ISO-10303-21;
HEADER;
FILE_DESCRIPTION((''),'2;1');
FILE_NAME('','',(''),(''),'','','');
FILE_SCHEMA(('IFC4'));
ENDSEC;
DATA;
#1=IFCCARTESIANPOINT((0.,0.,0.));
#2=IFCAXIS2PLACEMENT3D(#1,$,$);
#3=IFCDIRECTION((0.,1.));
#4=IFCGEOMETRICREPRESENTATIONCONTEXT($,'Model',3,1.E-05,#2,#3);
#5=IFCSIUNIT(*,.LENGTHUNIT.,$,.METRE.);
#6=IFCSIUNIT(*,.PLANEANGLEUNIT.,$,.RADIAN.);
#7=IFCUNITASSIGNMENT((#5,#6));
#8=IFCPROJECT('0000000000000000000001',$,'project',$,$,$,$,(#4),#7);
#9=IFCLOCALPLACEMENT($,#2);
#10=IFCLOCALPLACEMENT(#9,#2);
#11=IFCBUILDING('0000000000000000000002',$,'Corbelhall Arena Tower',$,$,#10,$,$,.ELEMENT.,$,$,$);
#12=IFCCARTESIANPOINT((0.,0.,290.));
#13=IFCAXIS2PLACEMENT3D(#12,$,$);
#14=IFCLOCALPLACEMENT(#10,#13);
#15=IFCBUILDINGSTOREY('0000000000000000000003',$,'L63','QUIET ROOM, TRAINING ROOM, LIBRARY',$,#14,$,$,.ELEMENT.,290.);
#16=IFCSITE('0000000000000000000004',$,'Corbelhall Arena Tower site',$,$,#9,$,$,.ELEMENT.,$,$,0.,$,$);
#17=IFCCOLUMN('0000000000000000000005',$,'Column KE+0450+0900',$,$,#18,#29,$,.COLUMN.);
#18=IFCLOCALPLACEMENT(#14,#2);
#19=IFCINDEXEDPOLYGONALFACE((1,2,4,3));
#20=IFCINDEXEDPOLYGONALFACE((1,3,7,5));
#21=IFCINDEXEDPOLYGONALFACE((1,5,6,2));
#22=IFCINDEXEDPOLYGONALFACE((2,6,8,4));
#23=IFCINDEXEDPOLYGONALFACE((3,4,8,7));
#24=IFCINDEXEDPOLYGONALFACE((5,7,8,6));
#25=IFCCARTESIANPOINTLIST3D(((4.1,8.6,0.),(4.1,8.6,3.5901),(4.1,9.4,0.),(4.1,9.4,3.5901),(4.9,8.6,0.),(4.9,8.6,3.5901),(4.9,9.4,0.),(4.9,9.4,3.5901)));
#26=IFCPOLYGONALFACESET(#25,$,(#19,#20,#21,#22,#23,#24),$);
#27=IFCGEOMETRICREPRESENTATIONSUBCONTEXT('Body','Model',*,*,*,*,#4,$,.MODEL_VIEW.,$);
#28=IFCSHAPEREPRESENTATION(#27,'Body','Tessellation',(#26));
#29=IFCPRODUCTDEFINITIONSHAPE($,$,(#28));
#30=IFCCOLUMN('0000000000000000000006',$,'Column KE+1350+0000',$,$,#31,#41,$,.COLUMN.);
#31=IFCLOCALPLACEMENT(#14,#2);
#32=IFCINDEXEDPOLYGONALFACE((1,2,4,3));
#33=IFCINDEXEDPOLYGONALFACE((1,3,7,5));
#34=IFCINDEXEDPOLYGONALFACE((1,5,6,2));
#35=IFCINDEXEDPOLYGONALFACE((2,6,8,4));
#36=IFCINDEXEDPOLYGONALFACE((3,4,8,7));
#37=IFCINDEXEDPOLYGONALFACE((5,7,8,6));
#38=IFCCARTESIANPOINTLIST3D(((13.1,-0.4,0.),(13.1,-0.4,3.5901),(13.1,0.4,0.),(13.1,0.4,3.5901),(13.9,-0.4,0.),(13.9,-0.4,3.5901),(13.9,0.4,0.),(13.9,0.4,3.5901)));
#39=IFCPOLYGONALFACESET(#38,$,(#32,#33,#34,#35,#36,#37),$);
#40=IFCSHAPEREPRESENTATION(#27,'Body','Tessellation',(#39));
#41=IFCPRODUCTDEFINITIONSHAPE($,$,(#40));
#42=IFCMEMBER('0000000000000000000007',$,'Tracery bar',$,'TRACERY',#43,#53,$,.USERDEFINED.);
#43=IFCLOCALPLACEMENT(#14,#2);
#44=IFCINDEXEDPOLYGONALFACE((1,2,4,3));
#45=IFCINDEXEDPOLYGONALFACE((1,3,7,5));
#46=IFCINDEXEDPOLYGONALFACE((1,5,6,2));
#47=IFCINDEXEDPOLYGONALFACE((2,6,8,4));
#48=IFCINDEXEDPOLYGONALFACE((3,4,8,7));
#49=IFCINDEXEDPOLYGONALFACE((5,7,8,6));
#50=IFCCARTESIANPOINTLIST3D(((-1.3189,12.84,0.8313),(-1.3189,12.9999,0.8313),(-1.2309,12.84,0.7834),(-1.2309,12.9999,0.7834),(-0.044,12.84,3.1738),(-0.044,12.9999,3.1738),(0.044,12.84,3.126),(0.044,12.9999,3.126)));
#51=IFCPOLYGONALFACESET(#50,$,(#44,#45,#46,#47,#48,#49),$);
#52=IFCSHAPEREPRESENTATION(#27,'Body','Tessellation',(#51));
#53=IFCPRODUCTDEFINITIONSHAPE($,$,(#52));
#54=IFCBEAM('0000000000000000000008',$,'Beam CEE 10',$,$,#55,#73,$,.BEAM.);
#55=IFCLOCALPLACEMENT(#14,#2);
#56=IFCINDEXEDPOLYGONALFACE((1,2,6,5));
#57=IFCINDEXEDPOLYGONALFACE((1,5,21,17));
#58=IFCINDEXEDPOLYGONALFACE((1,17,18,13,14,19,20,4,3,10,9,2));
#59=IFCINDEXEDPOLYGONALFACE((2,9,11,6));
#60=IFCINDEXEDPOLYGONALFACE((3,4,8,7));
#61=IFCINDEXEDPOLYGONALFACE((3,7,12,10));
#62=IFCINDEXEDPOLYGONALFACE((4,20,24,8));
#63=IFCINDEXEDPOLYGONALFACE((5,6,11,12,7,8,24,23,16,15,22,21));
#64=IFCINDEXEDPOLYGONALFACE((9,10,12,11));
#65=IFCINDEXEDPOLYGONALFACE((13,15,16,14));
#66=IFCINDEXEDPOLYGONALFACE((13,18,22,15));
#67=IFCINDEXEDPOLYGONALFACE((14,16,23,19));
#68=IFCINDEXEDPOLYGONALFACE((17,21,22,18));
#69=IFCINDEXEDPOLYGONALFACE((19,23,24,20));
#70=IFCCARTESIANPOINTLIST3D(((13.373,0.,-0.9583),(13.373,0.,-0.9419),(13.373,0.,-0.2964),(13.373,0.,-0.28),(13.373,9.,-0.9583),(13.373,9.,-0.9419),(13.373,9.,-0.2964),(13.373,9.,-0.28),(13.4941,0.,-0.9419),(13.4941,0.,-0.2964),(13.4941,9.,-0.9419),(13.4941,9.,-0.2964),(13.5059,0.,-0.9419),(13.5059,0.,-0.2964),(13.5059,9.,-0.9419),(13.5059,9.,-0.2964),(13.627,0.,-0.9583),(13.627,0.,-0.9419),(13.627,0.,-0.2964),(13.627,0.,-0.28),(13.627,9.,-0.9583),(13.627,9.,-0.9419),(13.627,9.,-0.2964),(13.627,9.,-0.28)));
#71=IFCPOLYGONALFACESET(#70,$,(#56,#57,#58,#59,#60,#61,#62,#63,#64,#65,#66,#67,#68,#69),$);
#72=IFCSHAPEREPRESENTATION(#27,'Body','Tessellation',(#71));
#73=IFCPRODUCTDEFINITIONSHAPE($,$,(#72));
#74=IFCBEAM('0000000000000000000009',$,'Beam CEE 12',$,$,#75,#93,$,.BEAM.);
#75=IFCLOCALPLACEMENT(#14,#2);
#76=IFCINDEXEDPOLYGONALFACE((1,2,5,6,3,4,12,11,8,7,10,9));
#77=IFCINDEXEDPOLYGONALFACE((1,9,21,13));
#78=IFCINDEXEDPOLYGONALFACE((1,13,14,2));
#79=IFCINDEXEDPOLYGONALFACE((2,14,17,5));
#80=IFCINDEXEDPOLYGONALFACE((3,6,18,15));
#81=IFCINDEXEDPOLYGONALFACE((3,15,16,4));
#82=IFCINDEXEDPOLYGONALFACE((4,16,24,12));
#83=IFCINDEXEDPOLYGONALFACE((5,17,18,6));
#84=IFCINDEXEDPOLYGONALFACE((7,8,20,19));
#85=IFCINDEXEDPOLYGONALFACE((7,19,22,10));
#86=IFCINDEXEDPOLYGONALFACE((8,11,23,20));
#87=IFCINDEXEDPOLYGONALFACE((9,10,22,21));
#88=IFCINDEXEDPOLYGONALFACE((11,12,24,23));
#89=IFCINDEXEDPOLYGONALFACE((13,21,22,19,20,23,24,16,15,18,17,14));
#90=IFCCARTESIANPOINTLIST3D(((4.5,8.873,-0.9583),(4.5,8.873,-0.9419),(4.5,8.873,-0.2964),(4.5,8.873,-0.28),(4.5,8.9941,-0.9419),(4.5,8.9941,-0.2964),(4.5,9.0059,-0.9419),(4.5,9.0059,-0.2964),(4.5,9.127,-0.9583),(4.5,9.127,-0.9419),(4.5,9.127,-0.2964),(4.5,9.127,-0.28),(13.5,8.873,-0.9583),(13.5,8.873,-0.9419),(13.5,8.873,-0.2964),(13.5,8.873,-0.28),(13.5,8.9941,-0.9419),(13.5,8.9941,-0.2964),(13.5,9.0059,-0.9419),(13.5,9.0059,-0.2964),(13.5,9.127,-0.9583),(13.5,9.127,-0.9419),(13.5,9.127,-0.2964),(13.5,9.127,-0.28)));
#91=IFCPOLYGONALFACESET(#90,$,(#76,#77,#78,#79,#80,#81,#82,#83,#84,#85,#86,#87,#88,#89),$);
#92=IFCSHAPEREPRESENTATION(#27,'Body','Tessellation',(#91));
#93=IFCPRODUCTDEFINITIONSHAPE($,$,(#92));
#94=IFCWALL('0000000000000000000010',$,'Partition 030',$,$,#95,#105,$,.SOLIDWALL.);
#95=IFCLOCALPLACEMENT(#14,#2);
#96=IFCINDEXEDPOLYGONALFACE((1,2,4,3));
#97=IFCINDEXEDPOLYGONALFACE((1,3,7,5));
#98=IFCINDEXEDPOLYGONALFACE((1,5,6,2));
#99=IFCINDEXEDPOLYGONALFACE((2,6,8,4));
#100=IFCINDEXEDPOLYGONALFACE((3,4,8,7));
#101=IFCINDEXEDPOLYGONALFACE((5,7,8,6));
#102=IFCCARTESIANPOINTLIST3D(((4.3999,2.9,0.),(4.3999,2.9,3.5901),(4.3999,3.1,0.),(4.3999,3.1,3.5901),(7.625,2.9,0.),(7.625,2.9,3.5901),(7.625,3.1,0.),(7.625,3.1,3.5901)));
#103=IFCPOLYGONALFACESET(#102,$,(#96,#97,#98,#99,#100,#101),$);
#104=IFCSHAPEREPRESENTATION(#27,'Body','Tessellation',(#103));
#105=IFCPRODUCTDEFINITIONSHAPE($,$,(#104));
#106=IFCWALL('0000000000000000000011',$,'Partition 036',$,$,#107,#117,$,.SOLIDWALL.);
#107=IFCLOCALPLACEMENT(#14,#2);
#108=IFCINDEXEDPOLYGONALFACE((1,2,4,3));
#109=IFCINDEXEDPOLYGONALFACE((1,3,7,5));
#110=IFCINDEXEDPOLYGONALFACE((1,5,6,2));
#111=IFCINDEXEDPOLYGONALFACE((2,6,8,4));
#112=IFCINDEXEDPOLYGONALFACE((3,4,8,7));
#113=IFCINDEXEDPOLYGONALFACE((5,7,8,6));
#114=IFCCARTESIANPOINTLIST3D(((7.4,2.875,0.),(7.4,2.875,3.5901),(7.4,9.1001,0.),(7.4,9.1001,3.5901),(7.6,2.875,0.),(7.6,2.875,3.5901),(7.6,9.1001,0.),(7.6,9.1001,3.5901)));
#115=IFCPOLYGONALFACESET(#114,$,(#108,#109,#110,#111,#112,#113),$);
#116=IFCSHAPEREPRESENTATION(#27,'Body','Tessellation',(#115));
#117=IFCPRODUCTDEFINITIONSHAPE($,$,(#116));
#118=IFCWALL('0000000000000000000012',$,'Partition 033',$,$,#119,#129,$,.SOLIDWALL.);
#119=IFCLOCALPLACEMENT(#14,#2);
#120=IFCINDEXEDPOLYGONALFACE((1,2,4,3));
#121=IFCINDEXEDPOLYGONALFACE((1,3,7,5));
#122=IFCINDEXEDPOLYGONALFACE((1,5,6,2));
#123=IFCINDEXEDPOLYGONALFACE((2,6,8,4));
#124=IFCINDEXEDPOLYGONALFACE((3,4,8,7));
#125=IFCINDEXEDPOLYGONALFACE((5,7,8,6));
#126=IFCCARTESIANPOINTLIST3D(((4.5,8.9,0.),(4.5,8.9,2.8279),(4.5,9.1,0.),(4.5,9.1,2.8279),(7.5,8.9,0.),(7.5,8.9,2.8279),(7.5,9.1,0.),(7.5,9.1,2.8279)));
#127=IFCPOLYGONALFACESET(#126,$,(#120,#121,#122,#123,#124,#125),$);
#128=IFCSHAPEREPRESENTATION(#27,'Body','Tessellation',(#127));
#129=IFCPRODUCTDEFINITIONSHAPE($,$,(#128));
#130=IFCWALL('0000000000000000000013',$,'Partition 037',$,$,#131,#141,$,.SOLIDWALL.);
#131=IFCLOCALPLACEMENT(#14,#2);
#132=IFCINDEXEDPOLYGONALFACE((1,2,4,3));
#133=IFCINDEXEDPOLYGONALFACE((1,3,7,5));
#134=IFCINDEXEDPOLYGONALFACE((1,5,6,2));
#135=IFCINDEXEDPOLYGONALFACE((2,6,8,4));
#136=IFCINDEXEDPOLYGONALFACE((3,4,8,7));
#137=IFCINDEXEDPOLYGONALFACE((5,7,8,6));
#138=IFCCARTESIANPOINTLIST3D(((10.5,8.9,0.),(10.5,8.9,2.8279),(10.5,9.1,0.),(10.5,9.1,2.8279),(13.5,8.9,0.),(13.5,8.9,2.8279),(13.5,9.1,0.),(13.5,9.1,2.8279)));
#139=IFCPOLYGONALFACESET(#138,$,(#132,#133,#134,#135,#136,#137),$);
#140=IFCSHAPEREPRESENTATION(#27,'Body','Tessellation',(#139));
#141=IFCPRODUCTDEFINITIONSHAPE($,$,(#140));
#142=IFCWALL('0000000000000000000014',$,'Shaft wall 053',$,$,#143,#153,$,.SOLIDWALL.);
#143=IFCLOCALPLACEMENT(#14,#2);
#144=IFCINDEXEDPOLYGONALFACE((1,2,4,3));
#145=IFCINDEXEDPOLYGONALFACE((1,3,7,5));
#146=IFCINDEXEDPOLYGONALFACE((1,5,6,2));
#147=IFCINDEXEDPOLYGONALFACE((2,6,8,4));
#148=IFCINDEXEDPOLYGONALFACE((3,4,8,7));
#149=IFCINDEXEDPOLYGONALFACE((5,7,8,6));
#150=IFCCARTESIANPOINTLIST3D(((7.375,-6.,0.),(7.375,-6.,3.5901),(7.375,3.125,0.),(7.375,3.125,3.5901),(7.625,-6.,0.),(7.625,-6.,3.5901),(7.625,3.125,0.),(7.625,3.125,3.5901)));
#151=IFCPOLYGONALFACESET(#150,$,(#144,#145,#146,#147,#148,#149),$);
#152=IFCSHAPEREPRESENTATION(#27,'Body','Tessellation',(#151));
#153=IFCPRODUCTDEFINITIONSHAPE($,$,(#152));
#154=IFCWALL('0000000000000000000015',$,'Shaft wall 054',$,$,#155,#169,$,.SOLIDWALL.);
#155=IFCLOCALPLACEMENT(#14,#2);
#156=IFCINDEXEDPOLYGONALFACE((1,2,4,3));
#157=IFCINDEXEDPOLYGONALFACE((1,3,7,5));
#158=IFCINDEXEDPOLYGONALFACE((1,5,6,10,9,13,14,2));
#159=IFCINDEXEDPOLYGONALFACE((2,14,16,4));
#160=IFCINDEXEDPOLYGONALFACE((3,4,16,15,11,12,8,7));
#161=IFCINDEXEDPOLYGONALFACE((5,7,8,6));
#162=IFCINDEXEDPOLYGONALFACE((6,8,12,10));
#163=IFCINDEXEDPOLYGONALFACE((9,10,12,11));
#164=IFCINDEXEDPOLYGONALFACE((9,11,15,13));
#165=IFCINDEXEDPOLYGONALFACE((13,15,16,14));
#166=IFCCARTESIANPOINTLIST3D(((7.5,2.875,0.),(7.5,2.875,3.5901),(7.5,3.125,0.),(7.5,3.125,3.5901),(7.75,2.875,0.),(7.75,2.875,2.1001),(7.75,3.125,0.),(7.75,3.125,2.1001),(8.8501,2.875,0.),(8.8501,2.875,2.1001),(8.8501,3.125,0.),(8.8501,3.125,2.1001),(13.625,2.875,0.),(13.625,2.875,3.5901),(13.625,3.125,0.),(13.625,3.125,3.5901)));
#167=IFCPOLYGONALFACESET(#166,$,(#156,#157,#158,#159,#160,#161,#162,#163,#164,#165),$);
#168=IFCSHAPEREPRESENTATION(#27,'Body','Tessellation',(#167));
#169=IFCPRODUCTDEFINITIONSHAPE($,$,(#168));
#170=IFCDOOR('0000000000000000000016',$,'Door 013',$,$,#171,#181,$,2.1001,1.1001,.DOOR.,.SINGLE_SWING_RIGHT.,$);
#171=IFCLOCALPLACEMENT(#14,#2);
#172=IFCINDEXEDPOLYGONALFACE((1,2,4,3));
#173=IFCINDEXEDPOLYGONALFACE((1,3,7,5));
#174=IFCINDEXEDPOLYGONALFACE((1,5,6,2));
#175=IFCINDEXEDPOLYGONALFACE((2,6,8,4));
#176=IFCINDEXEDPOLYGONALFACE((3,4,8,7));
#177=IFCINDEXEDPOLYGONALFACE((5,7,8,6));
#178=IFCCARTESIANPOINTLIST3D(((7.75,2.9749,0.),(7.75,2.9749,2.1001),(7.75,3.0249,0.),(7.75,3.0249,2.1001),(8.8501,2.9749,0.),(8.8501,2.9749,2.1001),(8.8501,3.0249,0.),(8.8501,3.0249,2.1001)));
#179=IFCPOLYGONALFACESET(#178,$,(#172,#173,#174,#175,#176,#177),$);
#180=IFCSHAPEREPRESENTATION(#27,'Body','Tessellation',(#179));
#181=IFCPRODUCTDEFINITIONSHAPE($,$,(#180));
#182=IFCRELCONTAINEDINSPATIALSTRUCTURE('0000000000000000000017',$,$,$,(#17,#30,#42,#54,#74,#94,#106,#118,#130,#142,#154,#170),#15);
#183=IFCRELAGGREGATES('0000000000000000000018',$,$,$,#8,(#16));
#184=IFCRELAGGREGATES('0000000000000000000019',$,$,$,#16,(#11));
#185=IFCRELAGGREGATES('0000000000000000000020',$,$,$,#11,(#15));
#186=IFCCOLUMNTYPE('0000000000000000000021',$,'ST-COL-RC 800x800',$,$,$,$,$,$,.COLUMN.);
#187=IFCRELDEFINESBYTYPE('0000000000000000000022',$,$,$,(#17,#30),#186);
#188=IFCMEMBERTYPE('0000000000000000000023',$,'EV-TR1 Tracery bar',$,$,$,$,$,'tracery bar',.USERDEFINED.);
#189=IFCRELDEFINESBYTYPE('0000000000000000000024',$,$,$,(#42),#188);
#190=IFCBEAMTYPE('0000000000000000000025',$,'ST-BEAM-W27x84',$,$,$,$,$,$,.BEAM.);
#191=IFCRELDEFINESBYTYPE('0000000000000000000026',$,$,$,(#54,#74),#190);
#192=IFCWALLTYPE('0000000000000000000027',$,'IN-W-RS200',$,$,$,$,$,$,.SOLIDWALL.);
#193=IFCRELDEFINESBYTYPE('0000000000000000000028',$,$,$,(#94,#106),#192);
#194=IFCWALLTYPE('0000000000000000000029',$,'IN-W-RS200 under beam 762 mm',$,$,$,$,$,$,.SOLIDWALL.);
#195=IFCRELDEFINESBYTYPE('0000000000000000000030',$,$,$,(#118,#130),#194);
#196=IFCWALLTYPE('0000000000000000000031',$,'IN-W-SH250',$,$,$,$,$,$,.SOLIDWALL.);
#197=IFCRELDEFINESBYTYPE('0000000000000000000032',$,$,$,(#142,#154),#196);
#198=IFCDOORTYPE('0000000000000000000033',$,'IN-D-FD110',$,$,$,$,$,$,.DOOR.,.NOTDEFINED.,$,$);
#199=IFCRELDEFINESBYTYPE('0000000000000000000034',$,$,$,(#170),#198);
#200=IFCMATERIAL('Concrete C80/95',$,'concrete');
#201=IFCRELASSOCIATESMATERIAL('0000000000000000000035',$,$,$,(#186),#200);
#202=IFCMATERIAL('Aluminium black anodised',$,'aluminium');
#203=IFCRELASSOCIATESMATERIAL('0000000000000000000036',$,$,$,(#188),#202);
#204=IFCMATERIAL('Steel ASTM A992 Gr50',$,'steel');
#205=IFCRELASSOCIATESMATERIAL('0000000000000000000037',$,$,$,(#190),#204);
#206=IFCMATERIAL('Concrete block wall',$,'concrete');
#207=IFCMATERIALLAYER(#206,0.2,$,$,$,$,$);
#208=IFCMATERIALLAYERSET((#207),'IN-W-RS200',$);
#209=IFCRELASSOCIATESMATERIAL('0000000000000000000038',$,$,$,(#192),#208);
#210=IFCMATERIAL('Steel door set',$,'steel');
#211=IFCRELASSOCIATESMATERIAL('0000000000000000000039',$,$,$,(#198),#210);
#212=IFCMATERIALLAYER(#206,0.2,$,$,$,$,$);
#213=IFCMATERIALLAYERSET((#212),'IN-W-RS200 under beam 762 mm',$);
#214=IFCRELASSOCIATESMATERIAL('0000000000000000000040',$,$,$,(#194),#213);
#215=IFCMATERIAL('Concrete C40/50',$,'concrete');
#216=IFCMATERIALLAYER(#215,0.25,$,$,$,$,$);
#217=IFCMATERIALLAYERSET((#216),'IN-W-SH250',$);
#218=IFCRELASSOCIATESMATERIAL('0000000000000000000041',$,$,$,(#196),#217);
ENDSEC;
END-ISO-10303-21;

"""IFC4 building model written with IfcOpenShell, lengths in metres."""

from ifc_helpers import new_model, si_unit, direction, frame, frame_2d, origin, origin_2d, place, context, subcontext, project, spatial, rectangle, i_section, extrude, material, layer, layer_set, material_profile, profile_set, type_object, element, fill, save


model = new_model("IFC4")

# Units and contexts
model_context = context("Model", 3, precision=1e-05, world=origin(), true_north=direction((0.0, 1.0)))
body_context = subcontext(model_context, "Body", "Model", "MODEL_VIEW")
ifc_project = project(units=[si_unit("LENGTHUNIT", "METRE"), si_unit("PLANEANGLEUNIT", "RADIAN")], contexts=[model_context])

# Site, building, storey
site_placement = place(None, origin())
site = spatial("IfcSite", under=ifc_project, at=site_placement, Name="Corbelhall Arena Tower site", CompositionType="ELEMENT", RefElevation=0.0)
building_placement = place(site_placement, origin())
building = spatial("IfcBuilding", under=site, at=building_placement, Name="Corbelhall Arena Tower", CompositionType="ELEMENT")
storey_placement = place(building_placement, frame((0.0, 0.0, 290.0)))
storey = spatial("IfcBuildingStorey", under=building, at=storey_placement, Name="L63", Description="QUIET ROOM, TRAINING ROOM, LIBRARY", CompositionType="ELEMENT", Elevation=290.0)

# Columns
ifc_material_1 = material(Name="Concrete C80/95", Category="concrete")
ifc_material_profile_1 = material_profile(ifc_material_1, rectangle(XDim=0.8, YDim=0.8, at=origin_2d()))
ifc_profile_set_1 = profile_set([ifc_material_profile_1], Name="Concrete C80/95")
column_type = type_object("IfcColumnType", Name="ST-COL-RC 800x800", PredefinedType="COLUMN", material=ifc_profile_set_1)
for number, where, z_axis, x_axis, name in (
    (1, (4.5, 9.0, 0.0), (0.0, 0.0, 1.0), (1.0, 0.0, 0.0), "Column KE+0450+0900"),
    (2, (13.5, 0.0, 0.0), (0.0, 0.0, 1.0), (1.0, 0.0, 0.0), "Column KE+1350+0000"),
):
    element("IfcColumn", number, at=place(storey_placement, frame(where, z_axis=z_axis, x_axis=x_axis)), inside=storey, type_object=column_type, Name=name, PredefinedType="COLUMN", context=body_context, shape_type="SweptSolid", body=[
        extrude(rectangle(XDim=0.8, YDim=0.8, at=origin_2d()), origin(), (0.0, 0.0, 1.0), 3.5901),
    ])

# Member
ifc_material_2 = material(Name="Aluminium black anodised", Category="aluminium")
ifc_material_profile_2 = material_profile(ifc_material_2, rectangle(XDim=0.1599, YDim=0.1001, at=origin_2d()))
ifc_profile_set_2 = profile_set([ifc_material_profile_2], Name="Aluminium black anodised")
member_type = type_object("IfcMemberType", Name="EV-TR1 Tracery bar", ElementType="tracery bar", PredefinedType="USERDEFINED", material=ifc_profile_set_2)
member_placement = place(storey_placement, frame((0.0, 12.9199, 3.1499), z_axis=(-0.478031, 0.0, -0.878343), x_axis=(0.0, -1.0, 0.0)))
element("IfcMember", 3, at=member_placement, inside=storey, type_object=member_type, Name="Tracery bar", ObjectType="TRACERY", PredefinedType="USERDEFINED", context=body_context, shape_type="SweptSolid", body=[
    extrude(rectangle(XDim=0.1599, YDim=0.1001, at=origin_2d()), origin(), (0.0, 0.0, 1.0), 2.667),
])

# Beams
ifc_material_3 = material(Name="Steel ASTM A992 Gr50", Category="steel")
ifc_material_profile_3 = material_profile(ifc_material_3, i_section(OverallWidth=0.2539, OverallDepth=0.6782, WebThickness=0.0117, FlangeThickness=0.0164, at=origin_2d()))
ifc_profile_set_3 = profile_set([ifc_material_profile_3], Name="Steel ASTM A992 Gr50")
beam_type = type_object("IfcBeamType", Name="ST-BEAM-W27x84", PredefinedType="BEAM", material=ifc_profile_set_3)
for number, where, z_axis, x_axis, name in (
    (4, (13.5, 0.0, -0.6191), (0.0, 1.0, 0.0), (-1.0, 0.0, 0.0), "Beam CEE 10"),
    (5, (4.5, 9.0, -0.6191), (1.0, 0.0, 0.0), (0.0, 1.0, 0.0), "Beam CEE 12"),
):
    element("IfcBeam", number, at=place(storey_placement, frame(where, z_axis=z_axis, x_axis=x_axis)), inside=storey, type_object=beam_type, Name=name, PredefinedType="BEAM", context=body_context, shape_type="SweptSolid", body=[
        extrude(i_section(OverallWidth=0.2539, OverallDepth=0.6782, WebThickness=0.0117, FlangeThickness=0.0164, at=origin_2d()), origin(), (0.0, 0.0, 1.0), 9.0),
    ])

# Walls
ifc_material_4 = material(Name="Concrete block wall", Category="concrete")
ifc_layer_1 = layer(ifc_material_4, 0.2)
ifc_layer_set_1 = layer_set([ifc_layer_1], Name="IN-W-RS200")
wall_type_1 = type_object("IfcWallType", Name="IN-W-RS200", PredefinedType="SOLIDWALL", material=ifc_layer_set_1)
wall_1_placement = place(storey_placement, frame((4.3999, 3.0, 0.0), z_axis=(0.0, 0.0, 1.0), x_axis=(1.0, 0.0, 0.0)))
element("IfcWall", 6, at=wall_1_placement, inside=storey, type_object=wall_type_1, Name="Partition 030", PredefinedType="SOLIDWALL", context=body_context, shape_type="SweptSolid", body=[
    extrude(rectangle(XDim=3.2251, YDim=0.2, at=frame_2d((1.6125, 0.0))), origin(), (0.0, 0.0, 1.0), 3.5901),
])
wall_2_placement = place(storey_placement, frame((7.5, 9.1001, 0.0), z_axis=(0.0, 0.0, 1.0), x_axis=(0.0, -1.0, 0.0)))
element("IfcWall", 7, at=wall_2_placement, inside=storey, type_object=wall_type_1, Name="Partition 036", PredefinedType="SOLIDWALL", context=body_context, shape_type="SweptSolid", body=[
    extrude(rectangle(XDim=6.2251, YDim=0.2, at=frame_2d((3.1125, 0.0))), origin(), (0.0, 0.0, 1.0), 3.5901),
])

# Shared definitions
ifc_material_5 = material(Name="Steel door set", Category="steel")
door_type_1 = type_object("IfcDoorType", Name="IN-D-FD110", OperationType="NOTDEFINED", PredefinedType="DOOR", material=ifc_material_5)

# Shared definitions
ifc_layer_2 = layer(ifc_material_4, 0.2)
ifc_layer_set_2 = layer_set([ifc_layer_2], Name="IN-W-RS200 under beam 762 mm")
wall_type_2 = type_object("IfcWallType", Name="IN-W-RS200 under beam 762 mm", PredefinedType="SOLIDWALL", material=ifc_layer_set_2)

# Walls
for number, where, z_axis, x_axis, name in (
    (8, (4.5, 9.0, 0.0), (0.0, 0.0, 1.0), (1.0, 0.0, 0.0), "Partition 033"),
    (9, (10.5, 9.0, 0.0), (0.0, 0.0, 1.0), (1.0, 0.0, 0.0), "Partition 037"),
):
    element("IfcWall", number, at=place(storey_placement, frame(where, z_axis=z_axis, x_axis=x_axis)), inside=storey, type_object=wall_type_2, Name=name, PredefinedType="SOLIDWALL", context=body_context, shape_type="SweptSolid", body=[
        extrude(rectangle(XDim=3.0, YDim=0.2, at=frame_2d((1.5, 0.0))), origin(), (0.0, 0.0, 1.0), 2.8279),
    ])
ifc_material_6 = material(Name="Concrete C40/50", Category="concrete")
ifc_layer_3 = layer(ifc_material_6, 0.25)
ifc_layer_set_3 = layer_set([ifc_layer_3], Name="IN-W-SH250")
wall_type_3 = type_object("IfcWallType", Name="IN-W-SH250", PredefinedType="SOLIDWALL", material=ifc_layer_set_3)
wall_3_placement = place(storey_placement, frame((7.5, 3.125, 0.0), z_axis=(0.0, 0.0, 1.0), x_axis=(0.0, -1.0, 0.0)))
element("IfcWall", 10, at=wall_3_placement, inside=storey, type_object=wall_type_3, Name="Shaft wall 053", PredefinedType="SOLIDWALL", context=body_context, shape_type="SweptSolid", body=[
    extrude(rectangle(XDim=9.125, YDim=0.25, at=frame_2d((4.5625, 0.0))), origin(), (0.0, 0.0, 1.0), 3.5901),
])

# Wall, opening, door
wall_4_placement = place(storey_placement, frame((7.5, 3.0, 0.0), z_axis=(0.0, 0.0, 1.0), x_axis=(1.0, 0.0, 0.0)))
wall_4 = element("IfcWall", 11, at=wall_4_placement, inside=storey, type_object=wall_type_3, Name="Shaft wall 054", PredefinedType="SOLIDWALL", context=body_context, shape_type="SweptSolid", body=[
    extrude(rectangle(XDim=6.125, YDim=0.25, at=frame_2d((3.0625, 0.0))), origin(), (0.0, 0.0, 1.0), 3.5901),
])
opening_1_placement = place(wall_4_placement, frame((0.25, 0.0, 0.0)))
opening_1 = element("IfcOpeningElement", 12, at=opening_1_placement, cuts=wall_4, PredefinedType="OPENING", context=body_context, shape_type="SweptSolid", body=[
    extrude(rectangle(XDim=1.1001, YDim=2.1001, at=frame_2d((0.55, 1.05))), frame((0.0, 0.125, 0.0), z_axis=(0.0, -1.0, 0.0), x_axis=(1.0, 0.0, 0.0)), (0.0, 0.0, 1.0), 0.25),
])
door_1_placement = place(opening_1_placement, origin())
door_1 = element("IfcDoor", 13, at=door_1_placement, inside=storey, type_object=door_type_1, Name="Door 013", OperationType="SINGLE_SWING_RIGHT", OverallHeight=2.1001, OverallWidth=1.1001, PredefinedType="DOOR", context=body_context, shape_type="SweptSolid", body=[
    extrude(rectangle(XDim=1.1001, YDim=2.1001, at=frame_2d((0.55, 1.05))), frame((0.0, 0.0249, 0.0), z_axis=(0.0, -1.0, 0.0), x_axis=(1.0, 0.0, 0.0)), (0.0, 0.0, 1.0), 0.05),
])
fill(opening_1, door_1)

save(model, "model.ifc")
